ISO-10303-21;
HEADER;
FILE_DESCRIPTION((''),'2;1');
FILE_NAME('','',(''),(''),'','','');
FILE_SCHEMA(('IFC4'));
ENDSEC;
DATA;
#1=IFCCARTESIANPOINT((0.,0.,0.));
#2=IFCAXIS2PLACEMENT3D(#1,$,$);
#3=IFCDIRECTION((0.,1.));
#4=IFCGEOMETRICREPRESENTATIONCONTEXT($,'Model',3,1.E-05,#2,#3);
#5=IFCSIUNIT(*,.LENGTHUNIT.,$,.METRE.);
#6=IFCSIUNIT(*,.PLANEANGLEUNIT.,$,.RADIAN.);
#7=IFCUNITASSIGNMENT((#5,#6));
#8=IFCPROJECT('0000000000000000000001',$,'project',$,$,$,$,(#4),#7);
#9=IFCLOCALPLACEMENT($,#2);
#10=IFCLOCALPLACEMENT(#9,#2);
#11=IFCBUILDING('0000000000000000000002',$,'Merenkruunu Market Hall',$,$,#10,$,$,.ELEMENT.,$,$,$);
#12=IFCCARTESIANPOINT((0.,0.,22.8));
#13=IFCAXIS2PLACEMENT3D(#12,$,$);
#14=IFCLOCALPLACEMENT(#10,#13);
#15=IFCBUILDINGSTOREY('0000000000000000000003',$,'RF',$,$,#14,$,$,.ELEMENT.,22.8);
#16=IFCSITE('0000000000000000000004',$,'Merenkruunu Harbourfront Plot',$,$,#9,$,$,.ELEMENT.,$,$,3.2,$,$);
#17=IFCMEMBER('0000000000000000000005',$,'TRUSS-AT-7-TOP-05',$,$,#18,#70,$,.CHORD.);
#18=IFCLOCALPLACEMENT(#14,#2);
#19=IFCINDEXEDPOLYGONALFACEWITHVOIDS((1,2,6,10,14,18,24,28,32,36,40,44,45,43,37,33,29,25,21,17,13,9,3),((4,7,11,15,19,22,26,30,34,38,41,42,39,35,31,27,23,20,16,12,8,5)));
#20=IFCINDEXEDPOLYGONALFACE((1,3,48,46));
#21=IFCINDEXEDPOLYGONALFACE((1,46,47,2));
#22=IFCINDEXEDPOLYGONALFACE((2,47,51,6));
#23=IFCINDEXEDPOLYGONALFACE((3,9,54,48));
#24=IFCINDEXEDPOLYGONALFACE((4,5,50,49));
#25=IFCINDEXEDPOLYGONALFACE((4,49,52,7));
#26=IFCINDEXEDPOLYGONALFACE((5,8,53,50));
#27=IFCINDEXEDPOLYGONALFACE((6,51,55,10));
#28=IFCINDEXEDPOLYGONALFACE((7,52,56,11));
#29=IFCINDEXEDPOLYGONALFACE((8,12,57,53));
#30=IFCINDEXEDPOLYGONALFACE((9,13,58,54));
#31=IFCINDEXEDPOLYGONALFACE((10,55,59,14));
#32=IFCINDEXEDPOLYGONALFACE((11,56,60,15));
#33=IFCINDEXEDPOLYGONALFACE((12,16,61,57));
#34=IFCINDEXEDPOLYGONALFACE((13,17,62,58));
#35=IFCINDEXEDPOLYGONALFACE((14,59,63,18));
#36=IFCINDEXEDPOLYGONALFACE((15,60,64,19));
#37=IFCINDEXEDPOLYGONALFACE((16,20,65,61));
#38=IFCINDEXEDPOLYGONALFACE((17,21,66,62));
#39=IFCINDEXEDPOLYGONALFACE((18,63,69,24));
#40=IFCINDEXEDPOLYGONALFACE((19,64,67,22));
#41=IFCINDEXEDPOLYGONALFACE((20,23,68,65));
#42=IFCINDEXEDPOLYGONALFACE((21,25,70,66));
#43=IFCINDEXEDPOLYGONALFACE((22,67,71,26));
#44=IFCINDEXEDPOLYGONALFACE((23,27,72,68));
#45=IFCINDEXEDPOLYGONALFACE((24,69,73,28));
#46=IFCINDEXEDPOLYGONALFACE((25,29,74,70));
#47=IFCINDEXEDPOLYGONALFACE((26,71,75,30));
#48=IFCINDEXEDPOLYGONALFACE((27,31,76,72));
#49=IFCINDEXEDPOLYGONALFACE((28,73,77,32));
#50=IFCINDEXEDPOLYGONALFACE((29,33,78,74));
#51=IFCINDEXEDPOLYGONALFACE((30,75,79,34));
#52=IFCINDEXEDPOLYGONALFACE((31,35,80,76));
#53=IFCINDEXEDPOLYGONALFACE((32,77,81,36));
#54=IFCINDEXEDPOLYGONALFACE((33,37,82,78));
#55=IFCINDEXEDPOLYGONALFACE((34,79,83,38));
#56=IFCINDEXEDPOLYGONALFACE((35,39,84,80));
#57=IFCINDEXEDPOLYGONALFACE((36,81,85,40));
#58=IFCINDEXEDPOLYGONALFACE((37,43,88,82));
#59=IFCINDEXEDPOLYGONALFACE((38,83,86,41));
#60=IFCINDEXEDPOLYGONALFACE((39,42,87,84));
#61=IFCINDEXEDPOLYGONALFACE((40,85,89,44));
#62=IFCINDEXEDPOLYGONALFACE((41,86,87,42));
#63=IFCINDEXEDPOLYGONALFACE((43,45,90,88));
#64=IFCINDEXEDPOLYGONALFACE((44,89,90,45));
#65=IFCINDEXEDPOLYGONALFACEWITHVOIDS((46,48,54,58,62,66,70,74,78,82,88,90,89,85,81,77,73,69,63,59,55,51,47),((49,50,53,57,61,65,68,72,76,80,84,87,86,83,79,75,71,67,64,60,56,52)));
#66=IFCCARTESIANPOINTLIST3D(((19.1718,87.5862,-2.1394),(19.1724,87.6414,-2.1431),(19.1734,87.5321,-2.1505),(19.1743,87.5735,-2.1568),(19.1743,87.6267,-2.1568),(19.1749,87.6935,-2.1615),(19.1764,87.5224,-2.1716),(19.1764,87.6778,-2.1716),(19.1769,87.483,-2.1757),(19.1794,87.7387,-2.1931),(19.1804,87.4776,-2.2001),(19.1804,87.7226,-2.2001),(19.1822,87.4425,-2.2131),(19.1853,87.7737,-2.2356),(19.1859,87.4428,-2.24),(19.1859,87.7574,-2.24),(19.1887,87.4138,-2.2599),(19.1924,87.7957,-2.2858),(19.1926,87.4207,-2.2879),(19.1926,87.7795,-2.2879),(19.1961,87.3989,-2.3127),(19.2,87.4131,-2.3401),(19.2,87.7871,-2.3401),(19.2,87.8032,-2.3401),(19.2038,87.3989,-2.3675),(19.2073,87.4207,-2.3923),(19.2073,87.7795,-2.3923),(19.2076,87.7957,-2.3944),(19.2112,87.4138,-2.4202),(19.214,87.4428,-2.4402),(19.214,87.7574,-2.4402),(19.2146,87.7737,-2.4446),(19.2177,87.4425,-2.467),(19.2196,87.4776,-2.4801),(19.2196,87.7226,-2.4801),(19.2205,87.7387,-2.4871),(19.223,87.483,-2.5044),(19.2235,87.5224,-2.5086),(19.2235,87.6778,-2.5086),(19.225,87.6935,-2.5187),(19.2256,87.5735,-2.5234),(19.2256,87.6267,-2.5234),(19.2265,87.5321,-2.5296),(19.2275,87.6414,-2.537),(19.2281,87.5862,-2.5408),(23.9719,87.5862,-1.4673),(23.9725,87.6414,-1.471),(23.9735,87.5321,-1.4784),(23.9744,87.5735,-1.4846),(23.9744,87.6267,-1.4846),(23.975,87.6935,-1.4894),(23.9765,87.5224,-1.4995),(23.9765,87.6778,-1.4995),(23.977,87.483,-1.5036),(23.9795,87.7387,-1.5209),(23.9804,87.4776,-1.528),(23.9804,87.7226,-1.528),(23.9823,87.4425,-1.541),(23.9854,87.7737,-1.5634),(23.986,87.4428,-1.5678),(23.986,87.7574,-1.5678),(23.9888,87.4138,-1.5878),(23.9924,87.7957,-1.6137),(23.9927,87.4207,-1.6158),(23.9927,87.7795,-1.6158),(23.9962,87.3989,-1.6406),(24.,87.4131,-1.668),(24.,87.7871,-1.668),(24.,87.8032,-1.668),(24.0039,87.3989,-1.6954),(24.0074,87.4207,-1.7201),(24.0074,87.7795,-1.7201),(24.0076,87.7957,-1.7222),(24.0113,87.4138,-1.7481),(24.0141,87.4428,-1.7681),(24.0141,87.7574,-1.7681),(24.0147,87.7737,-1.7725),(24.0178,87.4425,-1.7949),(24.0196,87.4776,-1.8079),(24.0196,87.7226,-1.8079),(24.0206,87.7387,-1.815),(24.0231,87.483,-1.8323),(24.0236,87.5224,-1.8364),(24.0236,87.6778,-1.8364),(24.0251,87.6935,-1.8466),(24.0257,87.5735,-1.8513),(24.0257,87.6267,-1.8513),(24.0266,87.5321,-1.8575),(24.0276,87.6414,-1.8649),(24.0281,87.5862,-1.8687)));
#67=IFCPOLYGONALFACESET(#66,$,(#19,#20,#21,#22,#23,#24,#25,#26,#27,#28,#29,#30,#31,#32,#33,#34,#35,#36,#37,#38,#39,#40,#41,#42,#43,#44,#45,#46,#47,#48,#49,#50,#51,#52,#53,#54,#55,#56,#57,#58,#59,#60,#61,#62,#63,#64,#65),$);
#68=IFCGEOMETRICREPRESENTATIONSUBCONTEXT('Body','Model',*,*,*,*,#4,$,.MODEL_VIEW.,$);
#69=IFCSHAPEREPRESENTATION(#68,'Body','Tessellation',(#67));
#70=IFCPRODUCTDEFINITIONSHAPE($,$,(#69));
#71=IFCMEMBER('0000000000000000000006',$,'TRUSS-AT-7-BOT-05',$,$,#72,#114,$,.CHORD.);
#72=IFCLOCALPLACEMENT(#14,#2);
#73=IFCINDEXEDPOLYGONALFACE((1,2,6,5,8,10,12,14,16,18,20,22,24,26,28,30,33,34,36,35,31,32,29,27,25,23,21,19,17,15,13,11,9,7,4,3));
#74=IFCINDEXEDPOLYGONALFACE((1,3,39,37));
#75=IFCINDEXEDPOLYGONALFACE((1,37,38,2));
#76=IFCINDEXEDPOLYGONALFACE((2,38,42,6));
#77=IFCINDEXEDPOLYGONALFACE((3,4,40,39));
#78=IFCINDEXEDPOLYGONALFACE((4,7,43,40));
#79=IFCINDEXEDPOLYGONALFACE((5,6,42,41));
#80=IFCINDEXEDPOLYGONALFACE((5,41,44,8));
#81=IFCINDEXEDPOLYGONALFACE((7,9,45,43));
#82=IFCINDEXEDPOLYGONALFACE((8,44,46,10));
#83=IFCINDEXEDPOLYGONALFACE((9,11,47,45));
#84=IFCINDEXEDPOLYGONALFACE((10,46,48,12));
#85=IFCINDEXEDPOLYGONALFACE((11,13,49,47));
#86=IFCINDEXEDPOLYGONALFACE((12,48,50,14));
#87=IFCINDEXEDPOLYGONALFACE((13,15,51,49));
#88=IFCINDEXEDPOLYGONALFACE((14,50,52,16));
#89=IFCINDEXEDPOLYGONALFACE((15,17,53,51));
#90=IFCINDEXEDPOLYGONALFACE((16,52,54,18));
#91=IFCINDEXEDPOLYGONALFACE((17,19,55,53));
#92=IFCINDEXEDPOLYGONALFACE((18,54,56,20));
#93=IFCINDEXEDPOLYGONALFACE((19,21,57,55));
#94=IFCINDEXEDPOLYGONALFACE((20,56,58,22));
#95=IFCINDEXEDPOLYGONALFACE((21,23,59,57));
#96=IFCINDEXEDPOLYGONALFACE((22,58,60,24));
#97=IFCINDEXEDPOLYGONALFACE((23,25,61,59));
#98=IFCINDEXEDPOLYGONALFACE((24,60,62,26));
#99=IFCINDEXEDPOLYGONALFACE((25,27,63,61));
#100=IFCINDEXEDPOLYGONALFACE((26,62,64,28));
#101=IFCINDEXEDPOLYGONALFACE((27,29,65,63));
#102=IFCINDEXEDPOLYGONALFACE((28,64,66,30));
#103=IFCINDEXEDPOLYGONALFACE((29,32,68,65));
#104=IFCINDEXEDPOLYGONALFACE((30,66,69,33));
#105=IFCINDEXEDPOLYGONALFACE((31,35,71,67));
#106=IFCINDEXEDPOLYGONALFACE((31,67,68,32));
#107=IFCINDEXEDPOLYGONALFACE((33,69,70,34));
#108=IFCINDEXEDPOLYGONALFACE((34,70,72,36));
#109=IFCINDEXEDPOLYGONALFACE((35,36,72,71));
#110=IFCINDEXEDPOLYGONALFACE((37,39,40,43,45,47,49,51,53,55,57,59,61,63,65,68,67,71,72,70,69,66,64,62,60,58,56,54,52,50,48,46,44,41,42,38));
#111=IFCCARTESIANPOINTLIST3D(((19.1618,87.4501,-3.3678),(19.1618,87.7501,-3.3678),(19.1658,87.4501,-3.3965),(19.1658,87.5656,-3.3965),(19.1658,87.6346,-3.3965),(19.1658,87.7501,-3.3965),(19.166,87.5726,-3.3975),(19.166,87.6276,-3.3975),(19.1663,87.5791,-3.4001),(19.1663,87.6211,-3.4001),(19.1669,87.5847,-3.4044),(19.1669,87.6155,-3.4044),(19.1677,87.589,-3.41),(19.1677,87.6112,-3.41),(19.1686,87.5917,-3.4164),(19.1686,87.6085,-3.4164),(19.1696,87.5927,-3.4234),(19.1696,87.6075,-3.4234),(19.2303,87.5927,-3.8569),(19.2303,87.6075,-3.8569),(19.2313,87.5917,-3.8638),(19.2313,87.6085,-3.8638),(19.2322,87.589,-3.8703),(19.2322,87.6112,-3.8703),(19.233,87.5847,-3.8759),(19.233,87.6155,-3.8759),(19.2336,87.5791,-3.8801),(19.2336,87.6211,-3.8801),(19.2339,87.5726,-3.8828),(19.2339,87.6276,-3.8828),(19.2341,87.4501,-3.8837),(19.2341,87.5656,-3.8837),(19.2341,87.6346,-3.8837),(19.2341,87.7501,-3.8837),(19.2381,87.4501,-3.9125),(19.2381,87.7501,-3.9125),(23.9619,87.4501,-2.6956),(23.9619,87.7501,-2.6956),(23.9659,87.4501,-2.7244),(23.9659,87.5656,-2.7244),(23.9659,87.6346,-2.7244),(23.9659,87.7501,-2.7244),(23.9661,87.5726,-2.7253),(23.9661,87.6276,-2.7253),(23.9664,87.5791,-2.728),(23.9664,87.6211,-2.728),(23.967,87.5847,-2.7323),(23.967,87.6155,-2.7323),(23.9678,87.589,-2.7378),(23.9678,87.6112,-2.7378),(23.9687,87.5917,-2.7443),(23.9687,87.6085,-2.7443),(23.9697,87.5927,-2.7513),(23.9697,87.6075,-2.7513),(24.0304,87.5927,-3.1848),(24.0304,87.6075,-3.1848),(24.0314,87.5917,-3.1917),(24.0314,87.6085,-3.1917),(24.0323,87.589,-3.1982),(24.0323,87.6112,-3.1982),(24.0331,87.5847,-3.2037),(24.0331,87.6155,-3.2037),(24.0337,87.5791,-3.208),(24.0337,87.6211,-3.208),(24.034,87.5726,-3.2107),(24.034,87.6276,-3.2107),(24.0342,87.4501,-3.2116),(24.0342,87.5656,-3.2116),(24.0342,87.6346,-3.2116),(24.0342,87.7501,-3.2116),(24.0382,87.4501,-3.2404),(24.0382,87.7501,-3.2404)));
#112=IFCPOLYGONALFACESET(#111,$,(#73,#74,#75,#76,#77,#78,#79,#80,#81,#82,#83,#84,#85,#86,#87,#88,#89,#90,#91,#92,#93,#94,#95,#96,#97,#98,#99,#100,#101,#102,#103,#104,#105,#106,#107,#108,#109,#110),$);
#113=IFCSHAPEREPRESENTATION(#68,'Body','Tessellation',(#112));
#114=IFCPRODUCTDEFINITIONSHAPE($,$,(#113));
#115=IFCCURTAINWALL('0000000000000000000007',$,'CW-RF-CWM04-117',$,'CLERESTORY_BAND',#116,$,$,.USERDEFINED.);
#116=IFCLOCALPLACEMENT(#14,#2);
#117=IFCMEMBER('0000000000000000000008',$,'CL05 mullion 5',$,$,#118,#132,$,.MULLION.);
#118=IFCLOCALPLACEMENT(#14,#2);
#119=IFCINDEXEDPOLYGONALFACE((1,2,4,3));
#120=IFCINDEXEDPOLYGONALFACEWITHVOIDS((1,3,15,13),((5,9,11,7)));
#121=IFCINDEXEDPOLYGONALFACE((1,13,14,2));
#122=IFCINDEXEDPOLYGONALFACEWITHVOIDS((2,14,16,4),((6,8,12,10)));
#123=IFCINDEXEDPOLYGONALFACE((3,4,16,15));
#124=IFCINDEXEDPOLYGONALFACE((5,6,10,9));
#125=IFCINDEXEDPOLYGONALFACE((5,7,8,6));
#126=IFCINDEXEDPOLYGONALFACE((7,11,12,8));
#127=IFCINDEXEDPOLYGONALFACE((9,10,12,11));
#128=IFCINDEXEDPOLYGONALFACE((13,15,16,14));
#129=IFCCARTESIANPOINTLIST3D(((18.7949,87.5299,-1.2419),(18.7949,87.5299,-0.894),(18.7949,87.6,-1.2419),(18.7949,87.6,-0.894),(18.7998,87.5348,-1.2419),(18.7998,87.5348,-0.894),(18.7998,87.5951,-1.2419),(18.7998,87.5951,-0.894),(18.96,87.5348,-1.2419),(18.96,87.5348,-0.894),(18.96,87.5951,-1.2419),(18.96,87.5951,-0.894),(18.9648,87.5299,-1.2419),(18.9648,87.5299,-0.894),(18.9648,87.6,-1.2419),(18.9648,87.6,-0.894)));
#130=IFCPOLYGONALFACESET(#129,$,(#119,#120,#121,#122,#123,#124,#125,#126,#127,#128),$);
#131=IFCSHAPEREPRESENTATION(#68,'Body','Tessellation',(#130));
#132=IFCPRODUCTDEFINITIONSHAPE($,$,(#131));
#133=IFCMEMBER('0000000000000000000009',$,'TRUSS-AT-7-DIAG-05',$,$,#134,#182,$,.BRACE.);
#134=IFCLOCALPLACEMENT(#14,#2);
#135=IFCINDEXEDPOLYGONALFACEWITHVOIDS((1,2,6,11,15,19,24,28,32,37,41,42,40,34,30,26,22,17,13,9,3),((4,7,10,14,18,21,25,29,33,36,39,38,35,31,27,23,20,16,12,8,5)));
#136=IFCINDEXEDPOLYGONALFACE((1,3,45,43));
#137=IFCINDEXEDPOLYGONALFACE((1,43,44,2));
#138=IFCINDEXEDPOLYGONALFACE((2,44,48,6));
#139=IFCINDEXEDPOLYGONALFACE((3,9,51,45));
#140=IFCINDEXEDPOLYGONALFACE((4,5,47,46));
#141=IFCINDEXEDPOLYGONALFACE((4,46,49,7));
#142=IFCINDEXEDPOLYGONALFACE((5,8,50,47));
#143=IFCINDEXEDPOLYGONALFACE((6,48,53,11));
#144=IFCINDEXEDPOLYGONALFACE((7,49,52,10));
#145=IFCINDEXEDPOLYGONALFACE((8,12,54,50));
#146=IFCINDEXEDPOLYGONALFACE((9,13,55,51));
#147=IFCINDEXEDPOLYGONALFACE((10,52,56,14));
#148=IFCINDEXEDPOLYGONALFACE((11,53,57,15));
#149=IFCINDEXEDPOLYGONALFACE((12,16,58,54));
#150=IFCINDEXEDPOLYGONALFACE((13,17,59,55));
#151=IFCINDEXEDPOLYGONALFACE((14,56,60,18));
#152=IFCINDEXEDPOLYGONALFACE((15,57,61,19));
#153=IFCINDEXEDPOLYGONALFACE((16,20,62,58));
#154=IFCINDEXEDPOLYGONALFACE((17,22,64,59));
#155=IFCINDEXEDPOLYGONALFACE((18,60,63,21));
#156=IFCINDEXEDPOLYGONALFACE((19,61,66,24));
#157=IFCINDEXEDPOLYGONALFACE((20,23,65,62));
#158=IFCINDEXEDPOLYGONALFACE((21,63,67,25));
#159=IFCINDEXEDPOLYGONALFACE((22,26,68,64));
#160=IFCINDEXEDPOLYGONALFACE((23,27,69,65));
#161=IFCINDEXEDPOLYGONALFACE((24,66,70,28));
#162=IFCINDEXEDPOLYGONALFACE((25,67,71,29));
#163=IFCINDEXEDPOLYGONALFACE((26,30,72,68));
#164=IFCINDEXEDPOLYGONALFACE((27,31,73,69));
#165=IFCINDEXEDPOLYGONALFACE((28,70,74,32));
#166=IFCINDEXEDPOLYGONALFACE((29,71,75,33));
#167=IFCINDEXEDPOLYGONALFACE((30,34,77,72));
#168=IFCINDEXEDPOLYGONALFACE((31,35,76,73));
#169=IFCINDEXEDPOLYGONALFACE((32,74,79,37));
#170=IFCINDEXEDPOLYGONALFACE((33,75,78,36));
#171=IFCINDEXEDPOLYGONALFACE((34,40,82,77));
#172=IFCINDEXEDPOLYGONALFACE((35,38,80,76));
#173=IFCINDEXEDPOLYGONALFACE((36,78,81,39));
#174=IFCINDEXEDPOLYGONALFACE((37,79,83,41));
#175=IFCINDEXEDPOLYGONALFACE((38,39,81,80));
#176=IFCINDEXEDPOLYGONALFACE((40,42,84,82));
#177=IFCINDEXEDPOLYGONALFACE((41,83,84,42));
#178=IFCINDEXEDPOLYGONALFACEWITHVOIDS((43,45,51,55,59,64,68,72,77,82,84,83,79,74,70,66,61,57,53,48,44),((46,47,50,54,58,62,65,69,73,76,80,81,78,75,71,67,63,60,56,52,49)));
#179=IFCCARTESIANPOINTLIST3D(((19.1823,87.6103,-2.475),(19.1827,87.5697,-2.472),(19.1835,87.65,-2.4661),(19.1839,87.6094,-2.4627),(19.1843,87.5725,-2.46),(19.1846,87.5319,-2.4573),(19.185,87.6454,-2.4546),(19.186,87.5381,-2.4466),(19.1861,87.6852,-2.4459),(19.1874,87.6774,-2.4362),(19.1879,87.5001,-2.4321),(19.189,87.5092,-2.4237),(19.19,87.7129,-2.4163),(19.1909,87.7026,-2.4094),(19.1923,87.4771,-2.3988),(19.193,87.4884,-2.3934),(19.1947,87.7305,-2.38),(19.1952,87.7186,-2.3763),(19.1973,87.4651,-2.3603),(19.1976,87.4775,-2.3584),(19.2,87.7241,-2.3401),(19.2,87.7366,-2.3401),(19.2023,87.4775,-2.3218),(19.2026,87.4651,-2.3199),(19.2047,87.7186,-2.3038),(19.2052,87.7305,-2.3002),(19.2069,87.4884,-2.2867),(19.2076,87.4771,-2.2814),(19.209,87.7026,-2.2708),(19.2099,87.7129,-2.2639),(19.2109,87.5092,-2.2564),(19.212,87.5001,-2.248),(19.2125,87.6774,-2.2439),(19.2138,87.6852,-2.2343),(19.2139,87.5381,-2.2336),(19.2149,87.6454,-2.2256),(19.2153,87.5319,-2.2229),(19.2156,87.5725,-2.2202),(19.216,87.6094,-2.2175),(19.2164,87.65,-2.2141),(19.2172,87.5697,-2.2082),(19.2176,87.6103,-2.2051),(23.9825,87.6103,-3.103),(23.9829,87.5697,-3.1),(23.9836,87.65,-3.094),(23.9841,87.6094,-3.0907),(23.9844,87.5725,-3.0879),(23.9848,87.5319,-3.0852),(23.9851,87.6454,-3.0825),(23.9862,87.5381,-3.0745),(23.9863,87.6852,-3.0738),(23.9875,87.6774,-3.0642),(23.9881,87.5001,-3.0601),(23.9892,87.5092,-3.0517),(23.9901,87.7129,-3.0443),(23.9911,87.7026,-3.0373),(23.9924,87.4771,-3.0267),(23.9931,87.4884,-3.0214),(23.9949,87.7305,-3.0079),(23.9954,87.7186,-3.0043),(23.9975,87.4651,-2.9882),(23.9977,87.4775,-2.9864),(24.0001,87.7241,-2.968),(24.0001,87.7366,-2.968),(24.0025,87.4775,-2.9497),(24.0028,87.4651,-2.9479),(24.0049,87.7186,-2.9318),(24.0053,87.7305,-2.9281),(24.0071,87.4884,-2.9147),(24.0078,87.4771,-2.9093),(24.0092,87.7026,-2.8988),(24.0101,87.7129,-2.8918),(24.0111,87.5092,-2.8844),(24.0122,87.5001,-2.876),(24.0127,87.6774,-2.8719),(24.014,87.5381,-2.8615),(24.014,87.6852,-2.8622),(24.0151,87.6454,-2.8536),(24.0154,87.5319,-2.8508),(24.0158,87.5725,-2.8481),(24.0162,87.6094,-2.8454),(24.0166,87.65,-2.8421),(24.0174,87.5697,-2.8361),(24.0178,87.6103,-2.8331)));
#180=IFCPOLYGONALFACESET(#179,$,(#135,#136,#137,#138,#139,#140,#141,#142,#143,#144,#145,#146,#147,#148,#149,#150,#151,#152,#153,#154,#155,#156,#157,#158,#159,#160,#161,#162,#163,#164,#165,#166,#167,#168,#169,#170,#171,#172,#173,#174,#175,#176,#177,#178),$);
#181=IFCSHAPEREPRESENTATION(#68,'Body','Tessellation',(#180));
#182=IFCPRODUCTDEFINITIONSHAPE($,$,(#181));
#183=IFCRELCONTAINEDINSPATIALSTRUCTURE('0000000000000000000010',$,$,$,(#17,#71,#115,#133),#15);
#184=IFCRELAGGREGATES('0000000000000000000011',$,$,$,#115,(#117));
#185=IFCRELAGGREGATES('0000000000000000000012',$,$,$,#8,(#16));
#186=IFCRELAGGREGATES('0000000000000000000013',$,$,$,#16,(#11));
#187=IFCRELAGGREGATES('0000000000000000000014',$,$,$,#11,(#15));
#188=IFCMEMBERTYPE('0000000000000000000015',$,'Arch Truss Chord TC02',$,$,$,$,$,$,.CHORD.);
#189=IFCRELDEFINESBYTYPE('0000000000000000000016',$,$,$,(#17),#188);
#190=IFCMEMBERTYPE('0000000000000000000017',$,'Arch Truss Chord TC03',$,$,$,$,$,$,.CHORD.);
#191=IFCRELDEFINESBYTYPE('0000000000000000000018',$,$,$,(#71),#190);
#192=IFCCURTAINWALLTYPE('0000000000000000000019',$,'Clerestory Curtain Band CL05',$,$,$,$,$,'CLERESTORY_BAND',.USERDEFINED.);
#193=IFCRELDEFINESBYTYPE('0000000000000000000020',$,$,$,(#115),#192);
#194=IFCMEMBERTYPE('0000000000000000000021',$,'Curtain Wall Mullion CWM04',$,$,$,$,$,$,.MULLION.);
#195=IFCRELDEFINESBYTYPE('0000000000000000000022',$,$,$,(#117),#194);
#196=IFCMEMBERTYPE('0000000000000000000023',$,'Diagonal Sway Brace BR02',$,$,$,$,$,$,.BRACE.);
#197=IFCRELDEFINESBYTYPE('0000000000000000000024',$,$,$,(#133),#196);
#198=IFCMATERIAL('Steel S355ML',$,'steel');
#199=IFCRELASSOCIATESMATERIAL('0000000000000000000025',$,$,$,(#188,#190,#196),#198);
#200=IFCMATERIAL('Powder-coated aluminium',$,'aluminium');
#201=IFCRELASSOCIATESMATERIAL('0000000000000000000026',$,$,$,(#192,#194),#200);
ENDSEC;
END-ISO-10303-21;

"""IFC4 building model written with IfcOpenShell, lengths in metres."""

from ifc_helpers import new_model, si_unit, direction, frame, origin, origin_2d, place, context, subcontext, project, spatial, hollow_rectangle, hollow_circle, i_section, extrude, material, material_profile, profile_set, type_object, element, aggregate, save


model = new_model("IFC4")

# Units and contexts
model_context = context("Model", 3, precision=1e-05, world=origin(), true_north=direction((0.0, 1.0)))
body_context = subcontext(model_context, "Body", "Model", "MODEL_VIEW")
ifc_project = project(units=[si_unit("LENGTHUNIT", "METRE"), si_unit("PLANEANGLEUNIT", "RADIAN")], contexts=[model_context])

# Site, building, storey
site_placement = place(None, origin())
site = spatial("IfcSite", under=ifc_project, at=site_placement, Name="Merenkruunu Harbourfront Plot", CompositionType="ELEMENT", RefElevation=3.2)
building_placement = place(site_placement, origin())
building = spatial("IfcBuilding", under=site, at=building_placement, Name="Merenkruunu Market Hall", CompositionType="ELEMENT")
storey_placement = place(building_placement, frame((0.0, 0.0, 22.8)))
storey = spatial("IfcBuildingStorey", under=building, at=storey_placement, Name="RF", CompositionType="ELEMENT", Elevation=22.8)

# Members
ifc_material_1 = material(Name="Steel S355ML", Category="steel")
ifc_material_profile_1 = material_profile(ifc_material_1, hollow_circle(Radius=0.2031, WallThickness=0.0161, at=origin_2d()), Name="CHS 406.4x16")
ifc_profile_set_1 = profile_set([ifc_material_profile_1], Name="Steel S355ML")
member_type_1 = type_object("IfcMemberType", Name="Arch Truss Chord TC02", PredefinedType="CHORD", material=ifc_profile_set_1)
member_1_placement = place(storey_placement, frame((19.2, 87.6001, -2.3401), z_axis=(0.990339, 0.0, 0.138671), x_axis=(0.0, 1.0, 0.0)))
element("IfcMember", 1, at=member_1_placement, inside=storey, type_object=member_type_1, Name="TRUSS-AT-7-TOP-05", PredefinedType="CHORD", context=body_context, shape_type="SweptSolid", body=[
    extrude(hollow_circle(Radius=0.2031, WallThickness=0.0161, at=origin_2d()), origin(), (0.0, 0.0, 1.0), 4.8469),
])
ifc_material_profile_2 = material_profile(ifc_material_1, i_section(OverallWidth=0.3, OverallDepth=0.55, WebThickness=0.0149, FlangeThickness=0.0291, FilletRadius=0.0271, at=origin_2d()), Name="HEB 550")
ifc_profile_set_2 = profile_set([ifc_material_profile_2], Name="Steel S355ML")
member_type_2 = type_object("IfcMemberType", Name="Arch Truss Chord TC03", PredefinedType="CHORD", material=ifc_profile_set_2)
member_2_placement = place(storey_placement, frame((19.2, 87.6001, -3.6401), z_axis=(0.990339, 0.0, 0.138671), x_axis=(0.0, 1.0, 0.0)))
element("IfcMember", 2, at=member_2_placement, inside=storey, type_object=member_type_2, Name="TRUSS-AT-7-BOT-05", PredefinedType="CHORD", context=body_context, shape_type="SweptSolid", body=[
    extrude(i_section(OverallWidth=0.3, OverallDepth=0.55, WebThickness=0.0149, FlangeThickness=0.0291, FilletRadius=0.0271, at=origin_2d()), origin(), (0.0, 0.0, 1.0), 4.8469),
])

# Curtain wall, member
ifc_material_2 = material(Name="Powder-coated aluminium", Category="aluminium")
curtain_wall_type = type_object("IfcCurtainWallType", Name="Clerestory Curtain Band CL05", ElementType="CLERESTORY_BAND", PredefinedType="USERDEFINED", material=ifc_material_2)
curtain_wall_placement = place(storey_placement, origin())
curtain_wall = element("IfcCurtainWall", 3, at=curtain_wall_placement, inside=storey, type_object=curtain_wall_type, Name="CW-RF-CWM04-117", ObjectType="CLERESTORY_BAND", PredefinedType="USERDEFINED")
ifc_material_profile_3 = material_profile(ifc_material_2, hollow_rectangle(XDim=0.0701, YDim=0.1699, WallThickness=0.0049, at=origin_2d()), Name="ALU 70x170x5")
ifc_profile_set_3 = profile_set([ifc_material_profile_3], Name="Powder-coated aluminium")
member_type_3 = type_object("IfcMemberType", Name="Curtain Wall Mullion CWM04", PredefinedType="MULLION", material=ifc_profile_set_3)
member_3_placement = place(storey_placement, frame((18.8799, 87.5649, -1.2419), z_axis=(0.0, 0.0, 1.0), x_axis=(0.0, 1.0, 0.0)))
member_3 = element("IfcMember", 4, at=member_3_placement, type_object=member_type_3, Name="CL05 mullion 5", PredefinedType="MULLION", context=body_context, shape_type="SweptSolid", body=[
    extrude(hollow_rectangle(XDim=0.0701, YDim=0.1699, WallThickness=0.0049, at=origin_2d()), origin(), (0.0, 0.0, 1.0), 0.3479),
])
aggregate(curtain_wall, [member_3])

# Member
ifc_material_profile_4 = material_profile(ifc_material_1, hollow_circle(Radius=0.1365, WallThickness=0.0125, at=origin_2d()), Name="CHS 273x12.5")
ifc_profile_set_4 = profile_set([ifc_material_profile_4], Name="Steel S355ML")
member_type_4 = type_object("IfcMemberType", Name="Diagonal Sway Brace BR02", PredefinedType="BRACE", material=ifc_profile_set_4)
member_4_placement = place(storey_placement, frame((19.2, 87.6001, -2.3401), z_axis=(0.991552, 0.0, -0.129712), x_axis=(0.0, 1.0, 0.0)))
element("IfcMember", 5, at=member_4_placement, inside=storey, type_object=member_type_4, Name="TRUSS-AT-7-DIAG-05", PredefinedType="BRACE", context=body_context, shape_type="SweptSolid", body=[
    extrude(hollow_circle(Radius=0.1365, WallThickness=0.0125, at=origin_2d()), origin(), (0.0, 0.0, 1.0), 4.8411),
])

save(model, "model.ifc")
